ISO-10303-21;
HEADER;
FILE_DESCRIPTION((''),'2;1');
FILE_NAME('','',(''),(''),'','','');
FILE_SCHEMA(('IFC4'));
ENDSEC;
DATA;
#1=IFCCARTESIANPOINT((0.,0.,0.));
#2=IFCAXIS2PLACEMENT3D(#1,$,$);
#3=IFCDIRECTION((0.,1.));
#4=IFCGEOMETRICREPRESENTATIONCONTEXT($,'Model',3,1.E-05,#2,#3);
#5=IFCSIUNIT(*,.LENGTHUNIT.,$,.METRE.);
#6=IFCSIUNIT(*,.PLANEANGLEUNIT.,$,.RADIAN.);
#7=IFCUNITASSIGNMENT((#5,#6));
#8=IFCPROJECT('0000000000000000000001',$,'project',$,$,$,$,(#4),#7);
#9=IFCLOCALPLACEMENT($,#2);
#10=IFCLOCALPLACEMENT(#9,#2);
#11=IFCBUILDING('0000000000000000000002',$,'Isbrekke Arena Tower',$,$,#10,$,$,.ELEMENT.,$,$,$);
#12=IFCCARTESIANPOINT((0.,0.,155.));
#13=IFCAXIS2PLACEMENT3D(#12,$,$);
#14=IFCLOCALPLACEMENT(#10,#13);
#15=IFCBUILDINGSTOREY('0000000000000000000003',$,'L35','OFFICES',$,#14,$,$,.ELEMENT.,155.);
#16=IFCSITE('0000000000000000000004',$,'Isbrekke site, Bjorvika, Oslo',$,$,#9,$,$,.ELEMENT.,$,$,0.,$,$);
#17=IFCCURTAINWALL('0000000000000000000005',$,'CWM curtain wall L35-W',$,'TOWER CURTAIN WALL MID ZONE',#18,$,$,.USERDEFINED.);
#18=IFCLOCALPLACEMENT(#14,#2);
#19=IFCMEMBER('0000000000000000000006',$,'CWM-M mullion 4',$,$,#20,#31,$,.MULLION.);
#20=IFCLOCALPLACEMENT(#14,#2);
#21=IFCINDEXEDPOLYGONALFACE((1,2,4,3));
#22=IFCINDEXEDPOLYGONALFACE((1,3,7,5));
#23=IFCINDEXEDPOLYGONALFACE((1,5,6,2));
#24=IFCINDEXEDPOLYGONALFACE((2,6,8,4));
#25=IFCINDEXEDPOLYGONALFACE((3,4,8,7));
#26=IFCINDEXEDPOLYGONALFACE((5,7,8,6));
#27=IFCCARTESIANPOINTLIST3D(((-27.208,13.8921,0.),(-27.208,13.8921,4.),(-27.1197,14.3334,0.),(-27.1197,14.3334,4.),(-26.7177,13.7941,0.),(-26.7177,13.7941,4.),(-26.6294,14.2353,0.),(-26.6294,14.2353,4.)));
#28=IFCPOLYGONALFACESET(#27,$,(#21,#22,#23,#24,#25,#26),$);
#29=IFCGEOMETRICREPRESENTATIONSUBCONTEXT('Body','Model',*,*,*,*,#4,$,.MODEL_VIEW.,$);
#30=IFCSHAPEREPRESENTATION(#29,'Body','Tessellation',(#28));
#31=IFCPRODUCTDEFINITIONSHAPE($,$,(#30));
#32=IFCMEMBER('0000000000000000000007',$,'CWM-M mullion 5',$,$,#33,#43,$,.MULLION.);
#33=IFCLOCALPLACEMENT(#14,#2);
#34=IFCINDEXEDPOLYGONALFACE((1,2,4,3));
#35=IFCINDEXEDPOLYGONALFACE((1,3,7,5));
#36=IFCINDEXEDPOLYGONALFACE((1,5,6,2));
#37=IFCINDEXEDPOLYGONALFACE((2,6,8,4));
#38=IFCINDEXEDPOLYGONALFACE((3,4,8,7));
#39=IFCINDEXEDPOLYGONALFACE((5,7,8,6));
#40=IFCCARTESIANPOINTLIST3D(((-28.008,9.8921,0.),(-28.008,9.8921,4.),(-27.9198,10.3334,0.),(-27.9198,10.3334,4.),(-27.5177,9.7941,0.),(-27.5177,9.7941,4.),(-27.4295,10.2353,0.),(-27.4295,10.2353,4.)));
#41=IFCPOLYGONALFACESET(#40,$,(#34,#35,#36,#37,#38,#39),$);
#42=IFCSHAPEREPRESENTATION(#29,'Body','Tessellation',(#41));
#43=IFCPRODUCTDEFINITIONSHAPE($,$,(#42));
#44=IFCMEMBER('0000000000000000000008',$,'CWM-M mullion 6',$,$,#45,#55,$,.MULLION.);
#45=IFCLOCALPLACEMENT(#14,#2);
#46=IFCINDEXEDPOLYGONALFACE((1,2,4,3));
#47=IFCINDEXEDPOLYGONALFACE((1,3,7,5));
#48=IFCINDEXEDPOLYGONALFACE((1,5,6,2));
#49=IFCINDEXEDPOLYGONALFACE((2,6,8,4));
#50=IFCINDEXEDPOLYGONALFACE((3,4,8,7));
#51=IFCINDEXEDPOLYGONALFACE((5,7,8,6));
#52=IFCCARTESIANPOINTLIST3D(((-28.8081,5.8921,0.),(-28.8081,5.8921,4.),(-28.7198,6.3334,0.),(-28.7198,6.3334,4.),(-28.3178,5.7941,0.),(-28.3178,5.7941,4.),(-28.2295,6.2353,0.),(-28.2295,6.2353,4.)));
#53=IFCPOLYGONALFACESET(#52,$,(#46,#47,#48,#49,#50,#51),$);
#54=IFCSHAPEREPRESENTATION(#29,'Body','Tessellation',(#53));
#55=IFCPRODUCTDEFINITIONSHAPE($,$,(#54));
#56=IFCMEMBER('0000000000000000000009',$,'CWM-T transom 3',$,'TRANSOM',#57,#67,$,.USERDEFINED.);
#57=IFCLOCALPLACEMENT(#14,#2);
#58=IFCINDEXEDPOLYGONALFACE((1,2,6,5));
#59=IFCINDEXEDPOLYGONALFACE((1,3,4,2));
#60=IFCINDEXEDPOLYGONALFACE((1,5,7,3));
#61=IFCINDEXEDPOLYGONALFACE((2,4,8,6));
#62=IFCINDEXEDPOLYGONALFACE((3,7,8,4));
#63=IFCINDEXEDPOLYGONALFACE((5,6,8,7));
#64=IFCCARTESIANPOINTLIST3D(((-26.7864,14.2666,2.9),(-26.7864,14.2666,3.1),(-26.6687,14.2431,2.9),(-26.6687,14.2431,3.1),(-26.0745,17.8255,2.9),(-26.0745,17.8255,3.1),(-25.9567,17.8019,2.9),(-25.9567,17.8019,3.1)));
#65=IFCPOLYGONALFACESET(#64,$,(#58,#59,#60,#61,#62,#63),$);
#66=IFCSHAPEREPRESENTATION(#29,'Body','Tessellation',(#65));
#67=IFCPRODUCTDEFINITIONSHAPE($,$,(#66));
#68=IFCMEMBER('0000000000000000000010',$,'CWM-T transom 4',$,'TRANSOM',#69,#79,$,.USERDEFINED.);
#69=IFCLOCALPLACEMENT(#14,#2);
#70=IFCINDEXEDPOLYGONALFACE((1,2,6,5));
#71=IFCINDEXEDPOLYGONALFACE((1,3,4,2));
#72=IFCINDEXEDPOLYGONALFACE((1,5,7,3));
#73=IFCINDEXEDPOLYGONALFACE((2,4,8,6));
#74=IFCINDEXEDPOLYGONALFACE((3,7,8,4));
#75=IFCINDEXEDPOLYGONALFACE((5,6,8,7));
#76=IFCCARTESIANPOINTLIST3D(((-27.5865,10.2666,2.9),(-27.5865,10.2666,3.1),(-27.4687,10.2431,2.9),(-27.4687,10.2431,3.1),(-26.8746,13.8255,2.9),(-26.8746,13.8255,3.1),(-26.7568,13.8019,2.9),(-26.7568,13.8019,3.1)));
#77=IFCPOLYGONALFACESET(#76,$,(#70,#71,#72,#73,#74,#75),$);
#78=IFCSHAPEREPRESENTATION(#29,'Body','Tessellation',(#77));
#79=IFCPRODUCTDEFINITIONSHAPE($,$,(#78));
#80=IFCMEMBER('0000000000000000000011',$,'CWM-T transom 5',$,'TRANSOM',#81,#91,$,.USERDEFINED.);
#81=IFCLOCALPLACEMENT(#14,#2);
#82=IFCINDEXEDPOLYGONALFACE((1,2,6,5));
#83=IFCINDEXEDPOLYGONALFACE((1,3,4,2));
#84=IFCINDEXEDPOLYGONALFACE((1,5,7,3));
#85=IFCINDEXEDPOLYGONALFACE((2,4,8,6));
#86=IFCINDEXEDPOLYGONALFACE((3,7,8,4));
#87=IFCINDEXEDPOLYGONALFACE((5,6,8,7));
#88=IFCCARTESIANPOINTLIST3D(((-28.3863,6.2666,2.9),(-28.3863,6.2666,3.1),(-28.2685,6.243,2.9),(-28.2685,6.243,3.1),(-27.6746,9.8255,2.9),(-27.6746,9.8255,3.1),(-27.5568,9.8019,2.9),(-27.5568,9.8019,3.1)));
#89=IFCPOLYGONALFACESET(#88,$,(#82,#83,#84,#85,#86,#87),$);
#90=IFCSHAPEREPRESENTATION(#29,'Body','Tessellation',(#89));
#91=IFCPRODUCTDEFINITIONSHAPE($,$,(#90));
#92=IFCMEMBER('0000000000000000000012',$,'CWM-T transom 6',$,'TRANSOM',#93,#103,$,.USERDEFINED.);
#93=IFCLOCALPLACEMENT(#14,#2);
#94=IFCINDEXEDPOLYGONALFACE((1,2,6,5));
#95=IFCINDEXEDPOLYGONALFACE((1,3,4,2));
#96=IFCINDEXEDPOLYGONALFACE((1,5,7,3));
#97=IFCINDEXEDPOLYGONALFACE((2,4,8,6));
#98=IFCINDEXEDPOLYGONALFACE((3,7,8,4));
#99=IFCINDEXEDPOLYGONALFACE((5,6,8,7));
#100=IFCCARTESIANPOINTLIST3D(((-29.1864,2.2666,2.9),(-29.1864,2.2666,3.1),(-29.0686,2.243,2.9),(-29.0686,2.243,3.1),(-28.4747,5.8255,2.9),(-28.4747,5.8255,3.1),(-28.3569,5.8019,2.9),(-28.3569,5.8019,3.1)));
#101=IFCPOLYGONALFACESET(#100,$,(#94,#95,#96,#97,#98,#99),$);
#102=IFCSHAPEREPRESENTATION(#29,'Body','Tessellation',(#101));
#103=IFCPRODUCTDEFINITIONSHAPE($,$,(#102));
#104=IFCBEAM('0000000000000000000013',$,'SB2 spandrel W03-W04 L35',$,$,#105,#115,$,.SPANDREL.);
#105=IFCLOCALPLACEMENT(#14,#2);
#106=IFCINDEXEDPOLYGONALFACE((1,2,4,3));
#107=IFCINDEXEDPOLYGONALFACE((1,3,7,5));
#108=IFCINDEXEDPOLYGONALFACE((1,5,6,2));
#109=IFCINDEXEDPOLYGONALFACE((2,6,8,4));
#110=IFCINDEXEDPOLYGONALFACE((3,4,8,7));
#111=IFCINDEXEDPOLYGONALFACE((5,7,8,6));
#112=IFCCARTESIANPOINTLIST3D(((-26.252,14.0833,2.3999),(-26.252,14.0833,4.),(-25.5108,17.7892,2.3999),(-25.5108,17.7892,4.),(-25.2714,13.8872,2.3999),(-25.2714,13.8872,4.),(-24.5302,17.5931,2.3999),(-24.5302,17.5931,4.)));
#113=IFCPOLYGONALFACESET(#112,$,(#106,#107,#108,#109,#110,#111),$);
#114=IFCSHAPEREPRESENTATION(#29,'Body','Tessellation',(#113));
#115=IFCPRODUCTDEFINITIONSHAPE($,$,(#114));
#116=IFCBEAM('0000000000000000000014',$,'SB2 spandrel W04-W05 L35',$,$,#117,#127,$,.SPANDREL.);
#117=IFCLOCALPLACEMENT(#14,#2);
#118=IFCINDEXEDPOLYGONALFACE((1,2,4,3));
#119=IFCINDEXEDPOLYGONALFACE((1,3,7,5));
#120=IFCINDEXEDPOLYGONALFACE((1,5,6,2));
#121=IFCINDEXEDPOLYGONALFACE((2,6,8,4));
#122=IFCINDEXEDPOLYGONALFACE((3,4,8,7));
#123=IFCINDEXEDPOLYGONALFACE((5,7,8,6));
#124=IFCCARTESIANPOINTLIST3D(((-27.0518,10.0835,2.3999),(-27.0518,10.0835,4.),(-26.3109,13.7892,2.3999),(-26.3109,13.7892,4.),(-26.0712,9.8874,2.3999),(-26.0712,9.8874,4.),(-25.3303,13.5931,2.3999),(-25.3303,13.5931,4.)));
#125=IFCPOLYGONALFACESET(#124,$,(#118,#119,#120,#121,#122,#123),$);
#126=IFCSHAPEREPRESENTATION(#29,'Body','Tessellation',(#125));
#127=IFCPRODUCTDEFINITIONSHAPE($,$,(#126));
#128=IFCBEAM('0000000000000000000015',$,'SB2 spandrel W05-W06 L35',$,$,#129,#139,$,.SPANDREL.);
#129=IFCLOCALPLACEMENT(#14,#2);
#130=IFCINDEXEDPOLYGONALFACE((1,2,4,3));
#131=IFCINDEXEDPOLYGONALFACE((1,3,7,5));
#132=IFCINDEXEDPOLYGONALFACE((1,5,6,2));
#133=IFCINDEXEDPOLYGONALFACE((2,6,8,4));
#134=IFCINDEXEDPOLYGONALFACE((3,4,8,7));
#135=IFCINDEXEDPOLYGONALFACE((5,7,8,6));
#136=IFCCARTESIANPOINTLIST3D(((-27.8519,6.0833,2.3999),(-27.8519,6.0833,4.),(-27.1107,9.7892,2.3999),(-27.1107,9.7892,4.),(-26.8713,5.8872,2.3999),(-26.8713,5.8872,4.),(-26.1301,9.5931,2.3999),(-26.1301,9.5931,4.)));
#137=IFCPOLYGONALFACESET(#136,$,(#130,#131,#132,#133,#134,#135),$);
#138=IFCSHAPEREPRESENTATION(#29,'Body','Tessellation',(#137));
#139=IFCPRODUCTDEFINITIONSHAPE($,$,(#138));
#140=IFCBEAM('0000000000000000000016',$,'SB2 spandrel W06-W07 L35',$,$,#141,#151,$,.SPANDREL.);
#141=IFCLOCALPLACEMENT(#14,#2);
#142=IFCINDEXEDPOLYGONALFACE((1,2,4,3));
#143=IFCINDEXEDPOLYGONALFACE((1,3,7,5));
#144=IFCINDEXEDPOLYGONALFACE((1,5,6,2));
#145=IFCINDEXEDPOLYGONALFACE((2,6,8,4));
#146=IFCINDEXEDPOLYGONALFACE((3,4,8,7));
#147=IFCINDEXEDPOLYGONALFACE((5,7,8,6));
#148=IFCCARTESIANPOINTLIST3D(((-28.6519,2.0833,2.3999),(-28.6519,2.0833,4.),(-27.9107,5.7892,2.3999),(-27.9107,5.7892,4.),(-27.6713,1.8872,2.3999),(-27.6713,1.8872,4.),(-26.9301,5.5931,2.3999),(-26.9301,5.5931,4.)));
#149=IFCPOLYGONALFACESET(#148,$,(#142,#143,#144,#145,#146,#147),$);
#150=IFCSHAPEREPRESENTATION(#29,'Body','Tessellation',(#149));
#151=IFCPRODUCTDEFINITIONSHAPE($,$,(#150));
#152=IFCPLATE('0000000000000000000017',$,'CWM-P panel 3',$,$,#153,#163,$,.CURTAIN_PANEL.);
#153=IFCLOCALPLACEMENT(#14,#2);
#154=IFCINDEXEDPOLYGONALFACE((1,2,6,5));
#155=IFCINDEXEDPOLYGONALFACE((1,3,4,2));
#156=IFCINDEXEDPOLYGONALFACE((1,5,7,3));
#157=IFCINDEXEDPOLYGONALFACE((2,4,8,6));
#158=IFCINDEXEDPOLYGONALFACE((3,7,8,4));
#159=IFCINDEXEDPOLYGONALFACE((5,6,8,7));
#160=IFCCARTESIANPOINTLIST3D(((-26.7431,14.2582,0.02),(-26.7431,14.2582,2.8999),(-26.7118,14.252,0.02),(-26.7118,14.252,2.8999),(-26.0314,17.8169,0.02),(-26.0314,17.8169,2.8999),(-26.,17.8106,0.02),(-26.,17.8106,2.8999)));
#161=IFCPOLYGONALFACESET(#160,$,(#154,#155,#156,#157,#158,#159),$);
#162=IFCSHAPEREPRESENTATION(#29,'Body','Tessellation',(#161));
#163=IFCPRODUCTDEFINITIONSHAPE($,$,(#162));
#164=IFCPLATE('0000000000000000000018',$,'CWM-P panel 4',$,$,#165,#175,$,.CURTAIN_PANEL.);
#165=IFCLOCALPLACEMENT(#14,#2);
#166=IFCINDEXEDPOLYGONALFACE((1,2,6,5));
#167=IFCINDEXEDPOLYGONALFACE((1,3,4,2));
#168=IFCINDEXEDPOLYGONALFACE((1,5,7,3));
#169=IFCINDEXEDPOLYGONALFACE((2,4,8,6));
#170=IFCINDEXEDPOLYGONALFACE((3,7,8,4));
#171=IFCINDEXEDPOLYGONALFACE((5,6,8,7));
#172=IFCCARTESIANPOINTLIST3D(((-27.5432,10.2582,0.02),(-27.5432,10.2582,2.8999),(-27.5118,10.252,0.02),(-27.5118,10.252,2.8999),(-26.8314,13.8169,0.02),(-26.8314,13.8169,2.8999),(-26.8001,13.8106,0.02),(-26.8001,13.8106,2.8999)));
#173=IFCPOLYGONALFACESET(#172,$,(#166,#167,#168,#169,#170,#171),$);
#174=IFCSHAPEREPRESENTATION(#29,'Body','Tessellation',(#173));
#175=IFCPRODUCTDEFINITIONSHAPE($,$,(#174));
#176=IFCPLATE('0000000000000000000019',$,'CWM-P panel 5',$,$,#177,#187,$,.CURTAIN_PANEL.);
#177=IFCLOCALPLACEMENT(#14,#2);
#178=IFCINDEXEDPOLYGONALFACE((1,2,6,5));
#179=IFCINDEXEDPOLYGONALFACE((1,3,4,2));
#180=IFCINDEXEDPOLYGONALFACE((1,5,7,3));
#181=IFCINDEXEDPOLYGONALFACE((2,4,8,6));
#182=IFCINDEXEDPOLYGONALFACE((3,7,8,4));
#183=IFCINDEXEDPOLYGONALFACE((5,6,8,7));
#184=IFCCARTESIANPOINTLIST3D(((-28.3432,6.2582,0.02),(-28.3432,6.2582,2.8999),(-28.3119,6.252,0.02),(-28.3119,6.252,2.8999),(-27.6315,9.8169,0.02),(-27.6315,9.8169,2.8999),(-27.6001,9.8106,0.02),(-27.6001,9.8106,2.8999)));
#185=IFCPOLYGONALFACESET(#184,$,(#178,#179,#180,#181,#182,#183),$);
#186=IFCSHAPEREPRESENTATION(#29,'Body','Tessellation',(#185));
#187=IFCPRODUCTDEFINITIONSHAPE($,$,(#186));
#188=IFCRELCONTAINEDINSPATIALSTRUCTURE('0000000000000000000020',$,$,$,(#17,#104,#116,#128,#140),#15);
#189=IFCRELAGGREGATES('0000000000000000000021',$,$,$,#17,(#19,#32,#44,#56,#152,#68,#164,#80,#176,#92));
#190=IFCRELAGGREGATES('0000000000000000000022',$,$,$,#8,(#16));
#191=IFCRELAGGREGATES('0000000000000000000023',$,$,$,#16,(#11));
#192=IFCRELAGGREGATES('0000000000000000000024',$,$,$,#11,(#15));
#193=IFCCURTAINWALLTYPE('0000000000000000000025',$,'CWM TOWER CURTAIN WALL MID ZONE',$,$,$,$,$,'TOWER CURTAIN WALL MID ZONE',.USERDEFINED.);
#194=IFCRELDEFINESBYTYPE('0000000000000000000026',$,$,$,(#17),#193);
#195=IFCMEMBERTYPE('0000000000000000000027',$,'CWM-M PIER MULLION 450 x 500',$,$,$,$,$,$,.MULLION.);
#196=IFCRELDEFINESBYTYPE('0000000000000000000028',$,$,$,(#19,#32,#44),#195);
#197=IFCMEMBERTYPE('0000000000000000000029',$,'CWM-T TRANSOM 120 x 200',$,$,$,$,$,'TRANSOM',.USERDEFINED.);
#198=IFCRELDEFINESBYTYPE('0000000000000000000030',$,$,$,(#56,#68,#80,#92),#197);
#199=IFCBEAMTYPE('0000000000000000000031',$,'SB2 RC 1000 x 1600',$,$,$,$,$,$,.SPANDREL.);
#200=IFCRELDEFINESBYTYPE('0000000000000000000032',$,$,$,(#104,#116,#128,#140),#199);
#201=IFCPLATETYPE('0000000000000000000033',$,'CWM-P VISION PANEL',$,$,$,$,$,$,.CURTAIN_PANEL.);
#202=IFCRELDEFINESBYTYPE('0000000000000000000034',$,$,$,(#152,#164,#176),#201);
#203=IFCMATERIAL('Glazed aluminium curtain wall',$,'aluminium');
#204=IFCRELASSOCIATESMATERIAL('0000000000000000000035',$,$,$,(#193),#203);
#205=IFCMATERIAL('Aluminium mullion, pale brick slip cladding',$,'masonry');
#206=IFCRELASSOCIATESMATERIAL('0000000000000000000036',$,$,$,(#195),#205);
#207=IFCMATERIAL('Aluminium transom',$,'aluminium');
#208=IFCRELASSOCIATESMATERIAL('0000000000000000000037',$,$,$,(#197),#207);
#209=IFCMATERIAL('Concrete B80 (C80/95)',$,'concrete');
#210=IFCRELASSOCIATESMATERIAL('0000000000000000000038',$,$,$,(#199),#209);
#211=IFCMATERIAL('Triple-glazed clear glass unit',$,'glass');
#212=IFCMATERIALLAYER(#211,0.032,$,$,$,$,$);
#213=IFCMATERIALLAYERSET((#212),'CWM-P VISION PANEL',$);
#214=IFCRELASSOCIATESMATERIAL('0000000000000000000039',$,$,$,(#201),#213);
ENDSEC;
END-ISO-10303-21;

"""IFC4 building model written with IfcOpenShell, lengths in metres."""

from ifc_helpers import new_model, si_unit, direction, frame, origin, origin_2d, place, context, subcontext, project, spatial, rectangle, extrude, material, layer, layer_set, material_profile, profile_set, type_object, element, aggregate, save


model = new_model("IFC4")

# Units and contexts
model_context = context("Model", 3, precision=1e-05, world=origin(), true_north=direction((0.0, 1.0)))
body_context = subcontext(model_context, "Body", "Model", "MODEL_VIEW")
ifc_project = project(units=[si_unit("LENGTHUNIT", "METRE"), si_unit("PLANEANGLEUNIT", "RADIAN")], contexts=[model_context])

# Site, building, storey
site_placement = place(None, origin())
site = spatial("IfcSite", under=ifc_project, at=site_placement, Name="Isbrekke site, Bjorvika, Oslo", CompositionType="ELEMENT", RefElevation=0.0)
building_placement = place(site_placement, origin())
building = spatial("IfcBuilding", under=site, at=building_placement, Name="Isbrekke Arena Tower", CompositionType="ELEMENT")
storey_placement = place(building_placement, frame((0.0, 0.0, 155.0)))
storey = spatial("IfcBuildingStorey", under=building, at=storey_placement, Name="L35", Description="OFFICES", CompositionType="ELEMENT", Elevation=155.0)

# Curtain wall, members
ifc_material_1 = material(Name="Glazed aluminium curtain wall", Category="aluminium")
curtain_wall_type = type_object("IfcCurtainWallType", Name="CWM TOWER CURTAIN WALL MID ZONE", ElementType="TOWER CURTAIN WALL MID ZONE", PredefinedType="USERDEFINED", material=ifc_material_1)
curtain_wall_placement = place(storey_placement, origin())
curtain_wall = element("IfcCurtainWall", 1, at=curtain_wall_placement, inside=storey, type_object=curtain_wall_type, Name="CWM curtain wall L35-W", ObjectType="TOWER CURTAIN WALL MID ZONE", PredefinedType="USERDEFINED")
ifc_material_2 = material(Name="Aluminium mullion, pale brick slip cladding", Category="masonry")
ifc_material_profile_1 = material_profile(ifc_material_2, rectangle(XDim=0.45, YDim=0.5, at=origin_2d()), Name="PIER 450X500")
ifc_profile_set_1 = profile_set([ifc_material_profile_1], Name="Aluminium mullion, pale brick slip cladding")
member_type_1 = type_object("IfcMemberType", Name="CWM-M PIER MULLION 450 x 500", PredefinedType="MULLION", material=ifc_profile_set_1)
member_1_placement = place(storey_placement, frame((-26.9187, 14.0637, 0.0), z_axis=(0.0, 0.0, 1.0), x_axis=(-0.196116, -0.980581, 0.0)))
member_1 = element("IfcMember", 2, at=member_1_placement, type_object=member_type_1, Name="CWM-M mullion 4", PredefinedType="MULLION", context=body_context, shape_type="SweptSolid", body=[
    extrude(rectangle(XDim=0.45, YDim=0.5, at=origin_2d()), origin(), (0.0, 0.0, 1.0), 4.0),
])
member_2_placement = place(storey_placement, frame((-27.7188, 10.0637, 0.0), z_axis=(0.0, 0.0, 1.0), x_axis=(-0.196116, -0.980581, 0.0)))
member_2 = element("IfcMember", 3, at=member_2_placement, type_object=member_type_1, Name="CWM-M mullion 5", PredefinedType="MULLION", context=body_context, shape_type="SweptSolid", body=[
    extrude(rectangle(XDim=0.45, YDim=0.5, at=origin_2d()), origin(), (0.0, 0.0, 1.0), 4.0),
])
member_3_placement = place(storey_placement, frame((-28.5188, 6.0637, 0.0), z_axis=(0.0, 0.0, 1.0), x_axis=(-0.196116, -0.980581, 0.0)))
member_3 = element("IfcMember", 4, at=member_3_placement, type_object=member_type_1, Name="CWM-M mullion 6", PredefinedType="MULLION", context=body_context, shape_type="SweptSolid", body=[
    extrude(rectangle(XDim=0.45, YDim=0.5, at=origin_2d()), origin(), (0.0, 0.0, 1.0), 4.0),
])
ifc_material_3 = material(Name="Aluminium transom", Category="aluminium")
ifc_material_profile_2 = material_profile(ifc_material_3, rectangle(XDim=0.1201, YDim=0.2, at=origin_2d()), Name="TRANSOM 120X200")
ifc_profile_set_2 = profile_set([ifc_material_profile_2], Name="Aluminium transom")
member_type_2 = type_object("IfcMemberType", Name="CWM-T TRANSOM 120 x 200", ElementType="TRANSOM", PredefinedType="USERDEFINED", material=ifc_profile_set_2)
member_4_placement = place(storey_placement, frame((-26.0156, 17.8137, 3.0), z_axis=(-0.196155, -0.980573, 0.0), x_axis=(0.980573, -0.196155, 0.0)))
member_4 = element("IfcMember", 5, at=member_4_placement, type_object=member_type_2, Name="CWM-T transom 3", ObjectType="TRANSOM", PredefinedType="USERDEFINED", context=body_context, shape_type="SweptSolid", body=[
    extrude(rectangle(XDim=0.1201, YDim=0.2, at=origin_2d()), origin(), (0.0, 0.0, 1.0), 3.6294),
])
member_5_placement = place(storey_placement, frame((-26.8157, 13.8137, 3.0), z_axis=(-0.196155, -0.980573, 0.0), x_axis=(0.980573, -0.196155, 0.0)))
member_5 = element("IfcMember", 6, at=member_5_placement, type_object=member_type_2, Name="CWM-T transom 4", ObjectType="TRANSOM", PredefinedType="USERDEFINED", context=body_context, shape_type="SweptSolid", body=[
    extrude(rectangle(XDim=0.1201, YDim=0.2, at=origin_2d()), origin(), (0.0, 0.0, 1.0), 3.6294),
])
member_6_placement = place(storey_placement, frame((-27.6157, 9.8137, 3.0), z_axis=(-0.19609, -0.980586, 0.0), x_axis=(0.980586, -0.19609, 0.0)))
member_6 = element("IfcMember", 7, at=member_6_placement, type_object=member_type_2, Name="CWM-T transom 5", ObjectType="TRANSOM", PredefinedType="USERDEFINED", context=body_context, shape_type="SweptSolid", body=[
    extrude(rectangle(XDim=0.1201, YDim=0.2, at=origin_2d()), origin(), (0.0, 0.0, 1.0), 3.6294),
])
member_7_placement = place(storey_placement, frame((-28.4158, 5.8137, 3.0), z_axis=(-0.19609, -0.980586, 0.0), x_axis=(0.980586, -0.19609, 0.0)))
member_7 = element("IfcMember", 8, at=member_7_placement, type_object=member_type_2, Name="CWM-T transom 6", ObjectType="TRANSOM", PredefinedType="USERDEFINED", context=body_context, shape_type="SweptSolid", body=[
    extrude(rectangle(XDim=0.1201, YDim=0.2, at=origin_2d()), origin(), (0.0, 0.0, 1.0), 3.6294),
])

# Beams
ifc_material_4 = material(Name="Concrete B80 (C80/95)", Category="concrete")
ifc_material_profile_3 = material_profile(ifc_material_4, rectangle(XDim=1.0, YDim=1.6001, at=origin_2d()), Name="RC 1000x1600")
ifc_profile_set_3 = profile_set([ifc_material_profile_3], Name="Concrete B80 (C80/95)")
beam_type_1 = type_object("IfcBeamType", Name="SB2 RC 1000 x 1600", PredefinedType="SPANDREL", material=ifc_profile_set_3)
beam_1_placement = place(storey_placement, frame((-25.0205, 17.6912, 3.2), z_axis=(-0.196129, -0.980578, 0.0), x_axis=(0.980578, -0.196129, 0.0)))
element("IfcBeam", 9, at=beam_1_placement, inside=storey, type_object=beam_type_1, Name="SB2 spandrel W03-W04 L35", PredefinedType="SPANDREL", context=body_context, shape_type="SweptSolid", body=[
    extrude(rectangle(XDim=1.0, YDim=1.6001, at=origin_2d()), origin(), (0.0, 0.0, 1.0), 3.7793),
])
beam_2_placement = place(storey_placement, frame((-25.8206, 13.6912, 3.2), z_axis=(-0.196066, -0.980591, 0.0), x_axis=(0.980591, -0.196066, 0.0)))
element("IfcBeam", 10, at=beam_2_placement, inside=storey, type_object=beam_type_1, Name="SB2 spandrel W04-W05 L35", PredefinedType="SPANDREL", context=body_context, shape_type="SweptSolid", body=[
    extrude(rectangle(XDim=1.0, YDim=1.6001, at=origin_2d()), origin(), (0.0, 0.0, 1.0), 3.7791),
])
for number, where, z_axis, x_axis, name in (
    (11, (-26.6204, 9.6912, 3.2), (-0.196129, -0.980578, 0.0), (0.980578, -0.196129, 0.0), "SB2 spandrel W05-W06 L35"),
    (12, (-27.4204, 5.6912, 3.2), (-0.196129, -0.980578, 0.0), (0.980578, -0.196129, 0.0), "SB2 spandrel W06-W07 L35"),
):
    element("IfcBeam", number, at=place(storey_placement, frame(where, z_axis=z_axis, x_axis=x_axis)), inside=storey, type_object=beam_type_1, Name=name, PredefinedType="SPANDREL", context=body_context, shape_type="SweptSolid", body=[
        extrude(rectangle(XDim=1.0, YDim=1.6001, at=origin_2d()), origin(), (0.0, 0.0, 1.0), 3.7793),
    ])

# Plates
ifc_material_5 = material(Name="Triple-glazed clear glass unit", Category="glass")
ifc_layer_1 = layer(ifc_material_5, 0.032)
ifc_layer_set_1 = layer_set([ifc_layer_1], Name="CWM-P VISION PANEL")
plate_type = type_object("IfcPlateType", Name="CWM-P VISION PANEL", PredefinedType="CURTAIN_PANEL", material=ifc_layer_set_1)
plate_1_placement = place(storey_placement, frame((-26.3716, 16.0344, 0.02), z_axis=(0.0, 0.0, 1.0), x_axis=(-0.196116, -0.980581, 0.0)))
plate_1 = element("IfcPlate", 13, at=plate_1_placement, type_object=plate_type, Name="CWM-P panel 3", PredefinedType="CURTAIN_PANEL", context=body_context, shape_type="SweptSolid", body=[
    extrude(rectangle(XDim=3.6292, YDim=0.032, at=origin_2d()), origin(), (0.0, 0.0, 1.0), 2.8799),
])
plate_2_placement = place(storey_placement, frame((-27.1716, 12.0344, 0.02), z_axis=(0.0, 0.0, 1.0), x_axis=(-0.196116, -0.980581, 0.0)))
plate_2 = element("IfcPlate", 14, at=plate_2_placement, type_object=plate_type, Name="CWM-P panel 4", PredefinedType="CURTAIN_PANEL", context=body_context, shape_type="SweptSolid", body=[
    extrude(rectangle(XDim=3.6292, YDim=0.032, at=origin_2d()), origin(), (0.0, 0.0, 1.0), 2.8799),
])
plate_3_placement = place(storey_placement, frame((-27.9717, 8.0344, 0.02), z_axis=(0.0, 0.0, 1.0), x_axis=(-0.196116, -0.980581, 0.0)))
plate_3 = element("IfcPlate", 15, at=plate_3_placement, type_object=plate_type, Name="CWM-P panel 5", PredefinedType="CURTAIN_PANEL", context=body_context, shape_type="SweptSolid", body=[
    extrude(rectangle(XDim=3.6292, YDim=0.032, at=origin_2d()), origin(), (0.0, 0.0, 1.0), 2.8799),
])
aggregate(curtain_wall, [member_1, member_2, member_3, member_4, plate_1, member_5, plate_2, member_6, plate_3, member_7])

save(model, "model.ifc")
